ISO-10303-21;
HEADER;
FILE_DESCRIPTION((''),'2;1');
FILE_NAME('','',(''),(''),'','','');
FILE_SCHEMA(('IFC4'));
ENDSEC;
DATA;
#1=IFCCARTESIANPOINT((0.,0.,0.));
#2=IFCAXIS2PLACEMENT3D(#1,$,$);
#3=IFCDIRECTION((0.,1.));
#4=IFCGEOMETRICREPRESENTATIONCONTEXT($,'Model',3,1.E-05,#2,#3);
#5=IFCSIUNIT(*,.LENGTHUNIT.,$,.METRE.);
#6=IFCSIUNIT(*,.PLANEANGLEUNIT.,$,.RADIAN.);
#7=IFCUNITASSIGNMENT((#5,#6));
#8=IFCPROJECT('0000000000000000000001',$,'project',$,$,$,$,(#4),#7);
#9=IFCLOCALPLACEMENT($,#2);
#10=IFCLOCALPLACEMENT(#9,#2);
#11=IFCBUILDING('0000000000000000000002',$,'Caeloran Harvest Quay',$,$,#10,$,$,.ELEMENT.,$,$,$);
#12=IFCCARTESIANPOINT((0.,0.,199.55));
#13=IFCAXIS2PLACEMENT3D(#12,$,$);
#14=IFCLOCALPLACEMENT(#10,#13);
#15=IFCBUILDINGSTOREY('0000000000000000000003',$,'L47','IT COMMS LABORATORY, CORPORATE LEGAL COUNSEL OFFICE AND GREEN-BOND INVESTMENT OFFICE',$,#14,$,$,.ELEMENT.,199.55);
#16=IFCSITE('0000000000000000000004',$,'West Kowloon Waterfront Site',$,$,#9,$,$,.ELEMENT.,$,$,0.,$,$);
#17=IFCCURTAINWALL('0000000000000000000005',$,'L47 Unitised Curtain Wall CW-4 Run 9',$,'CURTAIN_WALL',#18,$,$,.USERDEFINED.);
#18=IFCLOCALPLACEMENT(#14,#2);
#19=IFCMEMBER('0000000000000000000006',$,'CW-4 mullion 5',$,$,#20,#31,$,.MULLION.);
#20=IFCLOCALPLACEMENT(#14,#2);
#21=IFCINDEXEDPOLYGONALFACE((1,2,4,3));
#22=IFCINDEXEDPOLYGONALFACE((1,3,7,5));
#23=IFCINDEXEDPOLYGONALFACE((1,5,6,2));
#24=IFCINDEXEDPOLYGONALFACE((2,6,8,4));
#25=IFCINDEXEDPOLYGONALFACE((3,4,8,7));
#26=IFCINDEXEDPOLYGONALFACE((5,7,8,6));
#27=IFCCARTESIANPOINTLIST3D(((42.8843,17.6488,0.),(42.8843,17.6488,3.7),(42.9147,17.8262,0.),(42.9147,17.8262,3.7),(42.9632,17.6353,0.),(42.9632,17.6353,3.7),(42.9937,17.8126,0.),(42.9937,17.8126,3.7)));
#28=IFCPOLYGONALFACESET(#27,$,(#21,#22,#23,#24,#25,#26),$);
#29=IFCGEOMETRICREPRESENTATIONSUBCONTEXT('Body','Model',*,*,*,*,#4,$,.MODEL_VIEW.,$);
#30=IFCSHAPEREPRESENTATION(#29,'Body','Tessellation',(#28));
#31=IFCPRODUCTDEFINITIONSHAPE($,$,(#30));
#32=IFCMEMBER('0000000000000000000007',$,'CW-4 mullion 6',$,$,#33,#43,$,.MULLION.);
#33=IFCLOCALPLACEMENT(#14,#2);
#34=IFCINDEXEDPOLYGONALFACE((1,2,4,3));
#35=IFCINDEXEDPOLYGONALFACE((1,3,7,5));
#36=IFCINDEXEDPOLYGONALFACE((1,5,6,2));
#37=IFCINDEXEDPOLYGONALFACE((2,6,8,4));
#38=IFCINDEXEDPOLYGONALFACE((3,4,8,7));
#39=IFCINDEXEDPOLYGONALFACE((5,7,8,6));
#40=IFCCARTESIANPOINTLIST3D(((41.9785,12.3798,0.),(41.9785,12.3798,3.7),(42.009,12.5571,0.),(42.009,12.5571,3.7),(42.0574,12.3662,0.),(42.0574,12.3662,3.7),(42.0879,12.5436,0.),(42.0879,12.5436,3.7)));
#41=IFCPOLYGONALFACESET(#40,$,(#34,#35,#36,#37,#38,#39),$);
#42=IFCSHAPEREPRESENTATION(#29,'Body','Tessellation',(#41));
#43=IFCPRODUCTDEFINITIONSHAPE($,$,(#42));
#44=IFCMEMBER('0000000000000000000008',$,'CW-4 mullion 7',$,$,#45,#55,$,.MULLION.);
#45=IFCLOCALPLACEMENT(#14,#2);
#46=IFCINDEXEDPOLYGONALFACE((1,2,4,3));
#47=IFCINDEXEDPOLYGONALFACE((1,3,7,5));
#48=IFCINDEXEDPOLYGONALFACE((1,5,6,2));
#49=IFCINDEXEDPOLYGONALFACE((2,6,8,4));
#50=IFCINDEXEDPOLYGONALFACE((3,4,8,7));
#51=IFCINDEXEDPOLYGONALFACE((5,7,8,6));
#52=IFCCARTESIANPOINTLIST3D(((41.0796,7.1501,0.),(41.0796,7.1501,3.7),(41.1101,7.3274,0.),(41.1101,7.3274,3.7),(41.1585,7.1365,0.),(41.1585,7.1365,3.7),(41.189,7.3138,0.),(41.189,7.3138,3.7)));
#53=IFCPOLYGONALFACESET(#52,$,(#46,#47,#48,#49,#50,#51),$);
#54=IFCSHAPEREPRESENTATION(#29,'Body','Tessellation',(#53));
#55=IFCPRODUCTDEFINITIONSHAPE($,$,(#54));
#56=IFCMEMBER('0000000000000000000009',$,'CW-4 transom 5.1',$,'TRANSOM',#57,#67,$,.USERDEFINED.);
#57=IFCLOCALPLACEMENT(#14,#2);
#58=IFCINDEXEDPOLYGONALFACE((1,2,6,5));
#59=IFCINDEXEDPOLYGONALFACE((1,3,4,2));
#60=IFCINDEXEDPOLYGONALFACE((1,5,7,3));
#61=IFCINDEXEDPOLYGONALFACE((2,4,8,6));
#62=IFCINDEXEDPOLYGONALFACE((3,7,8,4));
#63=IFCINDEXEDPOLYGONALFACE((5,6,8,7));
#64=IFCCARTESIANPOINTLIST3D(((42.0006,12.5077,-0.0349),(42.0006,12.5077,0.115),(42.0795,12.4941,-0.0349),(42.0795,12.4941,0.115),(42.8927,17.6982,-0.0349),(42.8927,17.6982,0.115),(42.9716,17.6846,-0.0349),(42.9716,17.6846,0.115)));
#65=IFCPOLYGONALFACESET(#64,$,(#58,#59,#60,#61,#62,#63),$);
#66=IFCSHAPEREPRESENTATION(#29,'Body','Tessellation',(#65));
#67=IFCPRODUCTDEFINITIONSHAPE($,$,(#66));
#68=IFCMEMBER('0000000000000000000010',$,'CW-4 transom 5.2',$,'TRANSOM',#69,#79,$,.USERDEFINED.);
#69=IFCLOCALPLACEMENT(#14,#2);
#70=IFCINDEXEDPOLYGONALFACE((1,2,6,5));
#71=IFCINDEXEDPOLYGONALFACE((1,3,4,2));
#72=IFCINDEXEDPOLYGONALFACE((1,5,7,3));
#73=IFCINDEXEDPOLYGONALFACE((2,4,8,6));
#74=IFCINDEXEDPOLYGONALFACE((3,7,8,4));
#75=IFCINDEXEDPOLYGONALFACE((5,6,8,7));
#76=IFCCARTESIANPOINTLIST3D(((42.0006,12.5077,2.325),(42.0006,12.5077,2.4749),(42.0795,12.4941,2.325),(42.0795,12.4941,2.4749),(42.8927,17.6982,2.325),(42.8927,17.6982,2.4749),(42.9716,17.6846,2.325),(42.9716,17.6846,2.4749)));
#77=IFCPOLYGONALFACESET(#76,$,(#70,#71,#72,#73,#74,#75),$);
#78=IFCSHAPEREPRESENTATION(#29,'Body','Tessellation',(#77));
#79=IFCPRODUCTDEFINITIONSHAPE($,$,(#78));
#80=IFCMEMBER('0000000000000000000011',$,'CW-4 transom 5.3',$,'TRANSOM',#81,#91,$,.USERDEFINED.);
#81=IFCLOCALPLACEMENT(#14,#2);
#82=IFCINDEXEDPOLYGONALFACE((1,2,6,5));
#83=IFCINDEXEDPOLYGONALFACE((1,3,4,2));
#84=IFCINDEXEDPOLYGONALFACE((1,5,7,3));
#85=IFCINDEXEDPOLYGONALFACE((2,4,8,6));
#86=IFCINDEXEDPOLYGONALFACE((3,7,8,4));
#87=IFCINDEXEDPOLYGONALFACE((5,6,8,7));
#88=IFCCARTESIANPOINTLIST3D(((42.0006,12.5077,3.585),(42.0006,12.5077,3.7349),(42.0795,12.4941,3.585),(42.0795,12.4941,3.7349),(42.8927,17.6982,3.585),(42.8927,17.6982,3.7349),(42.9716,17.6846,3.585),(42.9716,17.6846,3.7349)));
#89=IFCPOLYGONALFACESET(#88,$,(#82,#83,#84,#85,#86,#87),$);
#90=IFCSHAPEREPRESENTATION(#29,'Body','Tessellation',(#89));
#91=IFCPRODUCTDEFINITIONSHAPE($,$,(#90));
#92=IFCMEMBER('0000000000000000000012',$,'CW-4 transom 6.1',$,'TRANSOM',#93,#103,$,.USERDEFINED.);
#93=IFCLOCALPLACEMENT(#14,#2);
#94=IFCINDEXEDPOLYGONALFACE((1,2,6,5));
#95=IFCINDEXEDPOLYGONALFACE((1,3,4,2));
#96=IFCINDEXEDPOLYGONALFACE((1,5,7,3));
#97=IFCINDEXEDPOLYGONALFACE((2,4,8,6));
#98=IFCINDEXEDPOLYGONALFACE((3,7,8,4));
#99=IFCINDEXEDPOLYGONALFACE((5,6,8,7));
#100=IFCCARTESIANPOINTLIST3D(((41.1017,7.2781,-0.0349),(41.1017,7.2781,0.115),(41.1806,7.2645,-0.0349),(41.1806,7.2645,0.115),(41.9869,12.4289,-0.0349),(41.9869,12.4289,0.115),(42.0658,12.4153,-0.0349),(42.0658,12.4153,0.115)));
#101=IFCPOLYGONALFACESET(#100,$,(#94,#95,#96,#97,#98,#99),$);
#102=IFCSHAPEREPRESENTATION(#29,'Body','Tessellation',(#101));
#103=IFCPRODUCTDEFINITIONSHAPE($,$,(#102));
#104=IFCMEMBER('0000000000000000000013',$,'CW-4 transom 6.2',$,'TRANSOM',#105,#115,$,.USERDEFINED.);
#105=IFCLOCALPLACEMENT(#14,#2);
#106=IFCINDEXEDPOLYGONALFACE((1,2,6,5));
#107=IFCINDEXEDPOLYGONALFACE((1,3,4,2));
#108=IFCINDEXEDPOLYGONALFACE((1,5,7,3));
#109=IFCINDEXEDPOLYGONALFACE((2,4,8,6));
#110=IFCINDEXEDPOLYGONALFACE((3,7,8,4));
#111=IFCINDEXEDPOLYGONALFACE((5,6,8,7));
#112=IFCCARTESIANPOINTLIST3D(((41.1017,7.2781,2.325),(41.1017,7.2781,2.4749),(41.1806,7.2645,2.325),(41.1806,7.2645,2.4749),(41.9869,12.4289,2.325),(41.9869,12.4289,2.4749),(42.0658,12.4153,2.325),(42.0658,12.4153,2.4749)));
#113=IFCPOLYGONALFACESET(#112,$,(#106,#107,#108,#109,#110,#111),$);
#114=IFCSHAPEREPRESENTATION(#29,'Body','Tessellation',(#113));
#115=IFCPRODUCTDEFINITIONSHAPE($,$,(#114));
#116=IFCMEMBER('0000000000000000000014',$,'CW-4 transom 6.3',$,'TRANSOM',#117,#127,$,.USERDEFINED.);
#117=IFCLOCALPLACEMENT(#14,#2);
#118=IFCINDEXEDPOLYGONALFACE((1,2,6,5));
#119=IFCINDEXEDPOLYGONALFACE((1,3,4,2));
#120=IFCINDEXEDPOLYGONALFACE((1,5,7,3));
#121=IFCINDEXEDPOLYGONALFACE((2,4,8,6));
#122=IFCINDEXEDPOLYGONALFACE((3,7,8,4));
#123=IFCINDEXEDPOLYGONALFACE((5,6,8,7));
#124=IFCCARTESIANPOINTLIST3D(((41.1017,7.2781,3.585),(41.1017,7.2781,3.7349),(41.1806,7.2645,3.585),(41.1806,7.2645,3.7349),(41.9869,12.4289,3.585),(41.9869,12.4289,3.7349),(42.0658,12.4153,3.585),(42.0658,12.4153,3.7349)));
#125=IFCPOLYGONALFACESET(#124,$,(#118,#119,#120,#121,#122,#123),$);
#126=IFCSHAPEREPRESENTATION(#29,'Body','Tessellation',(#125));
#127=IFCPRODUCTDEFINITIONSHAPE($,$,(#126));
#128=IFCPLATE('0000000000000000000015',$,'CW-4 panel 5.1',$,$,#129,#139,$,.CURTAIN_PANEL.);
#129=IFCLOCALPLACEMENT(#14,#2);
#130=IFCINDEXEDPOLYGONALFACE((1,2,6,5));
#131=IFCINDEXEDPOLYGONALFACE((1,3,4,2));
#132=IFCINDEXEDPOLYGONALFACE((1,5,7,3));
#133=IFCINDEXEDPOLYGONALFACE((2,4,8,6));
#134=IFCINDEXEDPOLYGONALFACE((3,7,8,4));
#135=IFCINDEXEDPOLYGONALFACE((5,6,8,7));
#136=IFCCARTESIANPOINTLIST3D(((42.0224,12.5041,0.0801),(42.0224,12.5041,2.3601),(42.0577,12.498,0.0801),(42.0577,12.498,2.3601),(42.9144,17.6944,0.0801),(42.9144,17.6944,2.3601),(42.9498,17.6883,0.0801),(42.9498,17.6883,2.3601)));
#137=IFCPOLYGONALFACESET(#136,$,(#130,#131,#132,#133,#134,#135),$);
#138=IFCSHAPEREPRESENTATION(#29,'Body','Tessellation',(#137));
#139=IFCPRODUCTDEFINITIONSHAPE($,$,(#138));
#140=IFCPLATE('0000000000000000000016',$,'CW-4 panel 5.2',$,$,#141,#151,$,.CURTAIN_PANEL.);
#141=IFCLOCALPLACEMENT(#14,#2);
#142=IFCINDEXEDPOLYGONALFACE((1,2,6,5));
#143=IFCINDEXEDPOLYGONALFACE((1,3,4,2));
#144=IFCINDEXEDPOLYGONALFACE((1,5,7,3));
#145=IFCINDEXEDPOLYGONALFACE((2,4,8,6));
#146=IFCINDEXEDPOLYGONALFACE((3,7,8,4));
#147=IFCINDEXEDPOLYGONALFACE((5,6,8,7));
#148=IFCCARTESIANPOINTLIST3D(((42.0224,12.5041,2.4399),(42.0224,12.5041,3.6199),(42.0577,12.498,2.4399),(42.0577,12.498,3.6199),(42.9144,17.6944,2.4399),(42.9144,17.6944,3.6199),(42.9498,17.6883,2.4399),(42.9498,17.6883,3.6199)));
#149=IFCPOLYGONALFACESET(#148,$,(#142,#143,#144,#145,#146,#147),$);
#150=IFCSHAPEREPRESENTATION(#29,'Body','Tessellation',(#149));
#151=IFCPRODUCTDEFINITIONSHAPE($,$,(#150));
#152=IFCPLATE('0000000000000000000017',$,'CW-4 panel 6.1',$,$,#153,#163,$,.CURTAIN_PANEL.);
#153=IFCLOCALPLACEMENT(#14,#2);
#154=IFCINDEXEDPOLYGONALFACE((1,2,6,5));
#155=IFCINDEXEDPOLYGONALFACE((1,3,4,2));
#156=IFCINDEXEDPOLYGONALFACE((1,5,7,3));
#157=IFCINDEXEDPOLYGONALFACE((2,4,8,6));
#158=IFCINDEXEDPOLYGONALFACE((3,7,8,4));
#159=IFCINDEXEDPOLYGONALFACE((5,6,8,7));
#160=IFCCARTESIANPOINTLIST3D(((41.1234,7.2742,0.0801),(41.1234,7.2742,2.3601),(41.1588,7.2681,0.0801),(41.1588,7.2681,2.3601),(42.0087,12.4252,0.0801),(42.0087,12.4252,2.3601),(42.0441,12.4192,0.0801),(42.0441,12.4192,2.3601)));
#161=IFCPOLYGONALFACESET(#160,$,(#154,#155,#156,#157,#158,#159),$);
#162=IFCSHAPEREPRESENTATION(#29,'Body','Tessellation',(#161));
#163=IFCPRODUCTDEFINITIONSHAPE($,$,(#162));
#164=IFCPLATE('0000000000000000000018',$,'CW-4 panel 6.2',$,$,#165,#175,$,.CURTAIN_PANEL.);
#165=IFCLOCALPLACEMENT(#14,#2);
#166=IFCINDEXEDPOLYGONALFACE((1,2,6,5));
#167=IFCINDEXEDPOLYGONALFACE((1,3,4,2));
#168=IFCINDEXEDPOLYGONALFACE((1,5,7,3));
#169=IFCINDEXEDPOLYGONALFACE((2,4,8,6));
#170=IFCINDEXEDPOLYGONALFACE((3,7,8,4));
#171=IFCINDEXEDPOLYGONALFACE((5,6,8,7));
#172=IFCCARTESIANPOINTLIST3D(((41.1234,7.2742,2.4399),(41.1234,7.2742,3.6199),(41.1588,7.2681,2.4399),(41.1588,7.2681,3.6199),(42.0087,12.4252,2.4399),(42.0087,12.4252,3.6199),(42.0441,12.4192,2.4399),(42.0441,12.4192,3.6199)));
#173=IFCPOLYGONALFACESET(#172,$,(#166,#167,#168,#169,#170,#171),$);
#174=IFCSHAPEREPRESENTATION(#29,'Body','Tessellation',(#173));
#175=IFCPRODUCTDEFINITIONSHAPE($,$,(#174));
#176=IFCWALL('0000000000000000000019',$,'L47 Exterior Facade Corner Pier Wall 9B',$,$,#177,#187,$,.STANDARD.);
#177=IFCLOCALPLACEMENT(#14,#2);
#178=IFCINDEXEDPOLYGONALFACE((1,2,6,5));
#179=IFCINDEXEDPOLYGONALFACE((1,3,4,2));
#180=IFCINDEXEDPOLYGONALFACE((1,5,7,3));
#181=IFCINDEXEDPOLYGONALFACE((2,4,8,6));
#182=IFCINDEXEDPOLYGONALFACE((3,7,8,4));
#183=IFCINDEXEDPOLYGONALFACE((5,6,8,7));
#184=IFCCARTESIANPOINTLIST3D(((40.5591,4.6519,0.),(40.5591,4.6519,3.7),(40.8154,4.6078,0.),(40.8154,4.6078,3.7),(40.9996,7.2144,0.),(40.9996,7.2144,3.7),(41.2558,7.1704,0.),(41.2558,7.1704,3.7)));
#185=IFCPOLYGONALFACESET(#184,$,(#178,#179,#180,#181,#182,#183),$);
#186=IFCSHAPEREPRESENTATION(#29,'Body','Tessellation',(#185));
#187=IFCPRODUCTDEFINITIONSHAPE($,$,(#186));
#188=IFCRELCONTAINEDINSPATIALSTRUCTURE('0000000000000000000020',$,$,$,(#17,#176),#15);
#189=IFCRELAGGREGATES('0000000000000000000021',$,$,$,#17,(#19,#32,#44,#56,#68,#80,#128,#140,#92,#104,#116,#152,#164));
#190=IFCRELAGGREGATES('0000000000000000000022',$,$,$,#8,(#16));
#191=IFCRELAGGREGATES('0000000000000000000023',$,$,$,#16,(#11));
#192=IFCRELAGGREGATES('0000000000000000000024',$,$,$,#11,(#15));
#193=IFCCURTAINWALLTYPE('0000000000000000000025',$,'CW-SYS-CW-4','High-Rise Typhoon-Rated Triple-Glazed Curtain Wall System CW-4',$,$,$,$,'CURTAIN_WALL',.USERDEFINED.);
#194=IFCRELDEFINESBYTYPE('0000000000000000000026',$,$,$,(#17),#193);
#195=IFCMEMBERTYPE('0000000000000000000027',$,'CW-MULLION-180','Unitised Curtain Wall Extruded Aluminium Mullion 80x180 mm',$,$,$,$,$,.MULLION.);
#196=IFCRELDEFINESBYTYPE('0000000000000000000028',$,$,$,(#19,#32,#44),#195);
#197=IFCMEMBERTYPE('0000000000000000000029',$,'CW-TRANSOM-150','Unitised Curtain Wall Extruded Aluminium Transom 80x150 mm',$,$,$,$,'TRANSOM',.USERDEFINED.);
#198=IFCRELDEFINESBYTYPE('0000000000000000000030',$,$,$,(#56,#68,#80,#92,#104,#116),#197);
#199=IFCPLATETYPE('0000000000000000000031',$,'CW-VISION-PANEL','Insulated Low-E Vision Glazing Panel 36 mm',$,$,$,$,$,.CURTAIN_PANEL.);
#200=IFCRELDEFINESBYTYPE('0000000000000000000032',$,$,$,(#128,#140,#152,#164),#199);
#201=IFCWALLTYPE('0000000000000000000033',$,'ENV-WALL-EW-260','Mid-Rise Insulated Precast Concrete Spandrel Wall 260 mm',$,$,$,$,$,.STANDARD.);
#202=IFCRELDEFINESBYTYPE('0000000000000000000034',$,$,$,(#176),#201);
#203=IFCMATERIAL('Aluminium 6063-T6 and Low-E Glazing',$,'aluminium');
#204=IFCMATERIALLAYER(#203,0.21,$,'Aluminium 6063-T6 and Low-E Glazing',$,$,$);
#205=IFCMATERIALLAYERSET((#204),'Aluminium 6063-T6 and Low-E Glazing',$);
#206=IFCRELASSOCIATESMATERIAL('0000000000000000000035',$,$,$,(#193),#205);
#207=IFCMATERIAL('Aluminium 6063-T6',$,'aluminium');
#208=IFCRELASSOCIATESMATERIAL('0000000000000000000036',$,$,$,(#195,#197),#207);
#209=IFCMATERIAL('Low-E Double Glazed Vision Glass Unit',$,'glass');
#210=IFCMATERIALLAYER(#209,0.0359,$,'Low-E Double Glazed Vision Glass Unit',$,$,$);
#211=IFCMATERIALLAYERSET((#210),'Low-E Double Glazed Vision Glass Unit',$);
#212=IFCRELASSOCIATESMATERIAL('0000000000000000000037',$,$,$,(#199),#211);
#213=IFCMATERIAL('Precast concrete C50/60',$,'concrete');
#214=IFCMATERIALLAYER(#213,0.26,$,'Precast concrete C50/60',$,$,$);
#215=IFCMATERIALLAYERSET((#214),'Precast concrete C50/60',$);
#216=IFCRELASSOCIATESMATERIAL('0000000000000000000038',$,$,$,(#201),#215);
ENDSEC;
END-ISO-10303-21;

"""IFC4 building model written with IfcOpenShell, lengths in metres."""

from ifc_helpers import new_model, si_unit, direction, frame, frame_2d, origin, origin_2d, place, context, subcontext, project, spatial, rectangle, extrude, material, layer, layer_set, material_profile, profile_set, type_object, element, aggregate, save


model = new_model("IFC4")

# Units and contexts
model_context = context("Model", 3, precision=1e-05, world=origin(), true_north=direction((0.0, 1.0)))
body_context = subcontext(model_context, "Body", "Model", "MODEL_VIEW")
ifc_project = project(units=[si_unit("LENGTHUNIT", "METRE"), si_unit("PLANEANGLEUNIT", "RADIAN")], contexts=[model_context])

# Site, building, storey
site_placement = place(None, origin())
site = spatial("IfcSite", under=ifc_project, at=site_placement, Name="West Kowloon Waterfront Site", CompositionType="ELEMENT", RefElevation=0.0)
building_placement = place(site_placement, origin())
building = spatial("IfcBuilding", under=site, at=building_placement, Name="Caeloran Harvest Quay", CompositionType="ELEMENT")
storey_placement = place(building_placement, frame((0.0, 0.0, 199.55)))
storey = spatial("IfcBuildingStorey", under=building, at=storey_placement, Name="L47", Description="IT COMMS LABORATORY, CORPORATE LEGAL COUNSEL OFFICE AND GREEN-BOND INVESTMENT OFFICE", CompositionType="ELEMENT", Elevation=199.55)

# Curtain wall, members, plates
ifc_material_1 = material(Name="Aluminium 6063-T6 and Low-E Glazing", Category="aluminium")
ifc_layer_1 = layer(ifc_material_1, 0.21, Name="Aluminium 6063-T6 and Low-E Glazing")
ifc_layer_set_1 = layer_set([ifc_layer_1], Name="Aluminium 6063-T6 and Low-E Glazing")
curtain_wall_type = type_object("IfcCurtainWallType", Name="CW-SYS-CW-4", Description="High-Rise Typhoon-Rated Triple-Glazed Curtain Wall System CW-4", ElementType="CURTAIN_WALL", PredefinedType="USERDEFINED", material=ifc_layer_set_1)
curtain_wall_placement = place(storey_placement, origin())
curtain_wall = element("IfcCurtainWall", 1, at=curtain_wall_placement, inside=storey, type_object=curtain_wall_type, Name="L47 Unitised Curtain Wall CW-4 Run 9", ObjectType="CURTAIN_WALL", PredefinedType="USERDEFINED")
ifc_material_2 = material(Name="Aluminium 6063-T6", Category="aluminium")
ifc_material_profile_1 = material_profile(ifc_material_2, rectangle(XDim=0.0801, YDim=0.1799, at=origin_2d()), Name="CW-MULLION-180")
ifc_profile_set_1 = profile_set([ifc_material_profile_1], Name="Aluminium 6063-T6")
member_type_1 = type_object("IfcMemberType", Name="CW-MULLION-180", Description="Unitised Curtain Wall Extruded Aluminium Mullion 80x180 mm", PredefinedType="MULLION", material=ifc_profile_set_1)
member_1_placement = place(storey_placement, frame((42.939, 17.7307, 0.0), z_axis=(0.0, 0.0, 1.0), x_axis=(0.985549, -0.169392, 0.0)))
member_1 = element("IfcMember", 2, at=member_1_placement, type_object=member_type_1, Name="CW-4 mullion 5", PredefinedType="MULLION", context=body_context, shape_type="SweptSolid", body=[
    extrude(rectangle(XDim=0.0801, YDim=0.1799, at=origin_2d()), origin(), (0.0, 0.0, 1.0), 3.7),
])
member_2_placement = place(storey_placement, frame((42.0332, 12.4617, 0.0), z_axis=(0.0, 0.0, 1.0), x_axis=(0.985549, -0.169392, 0.0)))
member_2 = element("IfcMember", 3, at=member_2_placement, type_object=member_type_1, Name="CW-4 mullion 6", PredefinedType="MULLION", context=body_context, shape_type="SweptSolid", body=[
    extrude(rectangle(XDim=0.0801, YDim=0.1799, at=origin_2d()), origin(), (0.0, 0.0, 1.0), 3.7),
])
member_3_placement = place(storey_placement, frame((41.1343, 7.2319, 0.0), z_axis=(0.0, 0.0, 1.0), x_axis=(0.985549, -0.169392, 0.0)))
member_3 = element("IfcMember", 4, at=member_3_placement, type_object=member_type_1, Name="CW-4 mullion 7", PredefinedType="MULLION", context=body_context, shape_type="SweptSolid", body=[
    extrude(rectangle(XDim=0.0801, YDim=0.1799, at=origin_2d()), origin(), (0.0, 0.0, 1.0), 3.7),
])
ifc_material_profile_2 = material_profile(ifc_material_2, rectangle(XDim=0.0801, YDim=0.1499, at=origin_2d()), Name="CW-TRANSOM-150")
ifc_profile_set_2 = profile_set([ifc_material_profile_2], Name="Aluminium 6063-T6")
member_type_2 = type_object("IfcMemberType", Name="CW-TRANSOM-150", Description="Unitised Curtain Wall Extruded Aluminium Transom 80x150 mm", ElementType="TRANSOM", PredefinedType="USERDEFINED", material=ifc_profile_set_2)
member_4_placement = place(storey_placement, frame((42.9321, 17.6914, 0.04), z_axis=(-0.169388, -0.985549, 0.0), x_axis=(0.985549, -0.169388, 0.0)))
member_4 = element("IfcMember", 5, at=member_4_placement, type_object=member_type_2, Name="CW-4 transom 5.1", ObjectType="TRANSOM", PredefinedType="USERDEFINED", context=body_context, shape_type="SweptSolid", body=[
    extrude(rectangle(XDim=0.0801, YDim=0.1499, at=origin_2d()), origin(), (0.0, 0.0, 1.0), 5.2666),
])
member_5_placement = place(storey_placement, frame((42.9321, 17.6914, 2.3999), z_axis=(-0.169388, -0.985549, 0.0), x_axis=(0.985549, -0.169388, 0.0)))
member_5 = element("IfcMember", 6, at=member_5_placement, type_object=member_type_2, Name="CW-4 transom 5.2", ObjectType="TRANSOM", PredefinedType="USERDEFINED", context=body_context, shape_type="SweptSolid", body=[
    extrude(rectangle(XDim=0.0801, YDim=0.1499, at=origin_2d()), origin(), (0.0, 0.0, 1.0), 5.2666),
])
member_6_placement = place(storey_placement, frame((42.9321, 17.6914, 3.6599), z_axis=(-0.169388, -0.985549, 0.0), x_axis=(0.985549, -0.169388, 0.0)))
member_6 = element("IfcMember", 7, at=member_6_placement, type_object=member_type_2, Name="CW-4 transom 5.3", ObjectType="TRANSOM", PredefinedType="USERDEFINED", context=body_context, shape_type="SweptSolid", body=[
    extrude(rectangle(XDim=0.0801, YDim=0.1499, at=origin_2d()), origin(), (0.0, 0.0, 1.0), 5.2666),
])
member_7_placement = place(storey_placement, frame((42.0264, 12.4221, 0.04), z_axis=(-0.169381, -0.985551, 0.0), x_axis=(0.985551, -0.169381, 0.0)))
member_7 = element("IfcMember", 8, at=member_7_placement, type_object=member_type_2, Name="CW-4 transom 6.1", ObjectType="TRANSOM", PredefinedType="USERDEFINED", context=body_context, shape_type="SweptSolid", body=[
    extrude(rectangle(XDim=0.0801, YDim=0.1499, at=origin_2d()), origin(), (0.0, 0.0, 1.0), 5.2263),
])
member_8_placement = place(storey_placement, frame((42.0264, 12.4221, 2.3999), z_axis=(-0.169381, -0.985551, 0.0), x_axis=(0.985551, -0.169381, 0.0)))
member_8 = element("IfcMember", 9, at=member_8_placement, type_object=member_type_2, Name="CW-4 transom 6.2", ObjectType="TRANSOM", PredefinedType="USERDEFINED", context=body_context, shape_type="SweptSolid", body=[
    extrude(rectangle(XDim=0.0801, YDim=0.1499, at=origin_2d()), origin(), (0.0, 0.0, 1.0), 5.2263),
])
member_9_placement = place(storey_placement, frame((42.0264, 12.4221, 3.6599), z_axis=(-0.169381, -0.985551, 0.0), x_axis=(0.985551, -0.169381, 0.0)))
member_9 = element("IfcMember", 10, at=member_9_placement, type_object=member_type_2, Name="CW-4 transom 6.3", ObjectType="TRANSOM", PredefinedType="USERDEFINED", context=body_context, shape_type="SweptSolid", body=[
    extrude(rectangle(XDim=0.0801, YDim=0.1499, at=origin_2d()), origin(), (0.0, 0.0, 1.0), 5.2263),
])
ifc_material_3 = material(Name="Low-E Double Glazed Vision Glass Unit", Category="glass")
ifc_layer_2 = layer(ifc_material_3, 0.0359, Name="Low-E Double Glazed Vision Glass Unit")
ifc_layer_set_2 = layer_set([ifc_layer_2], Name="Low-E Double Glazed Vision Glass Unit")
plate_type = type_object("IfcPlateType", Name="CW-VISION-PANEL", Description="Insulated Low-E Vision Glazing Panel 36 mm", PredefinedType="CURTAIN_PANEL", material=ifc_layer_set_2)
plate_1_placement = place(storey_placement, frame((42.4861, 15.0962, 0.0801), z_axis=(0.0, 0.0, 1.0), x_axis=(-0.169392, -0.985549, 0.0)))
plate_1 = element("IfcPlate", 11, at=plate_1_placement, type_object=plate_type, Name="CW-4 panel 5.1", PredefinedType="CURTAIN_PANEL", context=body_context, shape_type="SweptSolid", body=[
    extrude(rectangle(XDim=5.2664, YDim=0.0359, at=origin_2d()), origin(), (0.0, 0.0, 1.0), 2.28),
])
plate_2_placement = place(storey_placement, frame((42.4861, 15.0962, 2.4399), z_axis=(0.0, 0.0, 1.0), x_axis=(-0.169392, -0.985549, 0.0)))
plate_2 = element("IfcPlate", 12, at=plate_2_placement, type_object=plate_type, Name="CW-4 panel 5.2", PredefinedType="CURTAIN_PANEL", context=body_context, shape_type="SweptSolid", body=[
    extrude(rectangle(XDim=5.2664, YDim=0.0359, at=origin_2d()), origin(), (0.0, 0.0, 1.0), 1.1799),
])
plate_3_placement = place(storey_placement, frame((41.5837, 9.8467, 0.0801), z_axis=(0.0, 0.0, 1.0), x_axis=(-0.169392, -0.985549, 0.0)))
plate_3 = element("IfcPlate", 13, at=plate_3_placement, type_object=plate_type, Name="CW-4 panel 6.1", PredefinedType="CURTAIN_PANEL", context=body_context, shape_type="SweptSolid", body=[
    extrude(rectangle(XDim=5.2266, YDim=0.0359, at=origin_2d()), origin(), (0.0, 0.0, 1.0), 2.28),
])
plate_4_placement = place(storey_placement, frame((41.5837, 9.8467, 2.4399), z_axis=(0.0, 0.0, 1.0), x_axis=(-0.169392, -0.985549, 0.0)))
plate_4 = element("IfcPlate", 14, at=plate_4_placement, type_object=plate_type, Name="CW-4 panel 6.2", PredefinedType="CURTAIN_PANEL", context=body_context, shape_type="SweptSolid", body=[
    extrude(rectangle(XDim=5.2266, YDim=0.0359, at=origin_2d()), origin(), (0.0, 0.0, 1.0), 1.1799),
])
aggregate(curtain_wall, [member_1, member_2, member_3, member_4, member_5, member_6, plate_1, plate_2, member_7, member_8, member_9, plate_3, plate_4])

# Wall
ifc_material_4 = material(Name="Precast concrete C50/60", Category="concrete")
ifc_layer_3 = layer(ifc_material_4, 0.26, Name="Precast concrete C50/60")
ifc_layer_set_3 = layer_set([ifc_layer_3], Name="Precast concrete C50/60")
wall_type_1 = type_object("IfcWallType", Name="ENV-WALL-EW-260", Description="Mid-Rise Insulated Precast Concrete Spandrel Wall 260 mm", PredefinedType="STANDARD", material=ifc_layer_set_3)
wall_1_placement = place(storey_placement, frame((41.1277, 7.1924, 0.0), z_axis=(0.0, 0.0, 1.0), x_axis=(-0.169391, -0.985549, 0.0)))
element("IfcWall", 15, at=wall_1_placement, inside=storey, type_object=wall_type_1, Name="L47 Exterior Facade Corner Pier Wall 9B", PredefinedType="STANDARD", context=body_context, shape_type="SweptSolid", body=[
    extrude(rectangle(XDim=2.6001, YDim=0.26, at=frame_2d((1.3, 0.0))), origin(), (0.0, 0.0, 1.0), 3.7),
])

save(model, "model.ifc")
